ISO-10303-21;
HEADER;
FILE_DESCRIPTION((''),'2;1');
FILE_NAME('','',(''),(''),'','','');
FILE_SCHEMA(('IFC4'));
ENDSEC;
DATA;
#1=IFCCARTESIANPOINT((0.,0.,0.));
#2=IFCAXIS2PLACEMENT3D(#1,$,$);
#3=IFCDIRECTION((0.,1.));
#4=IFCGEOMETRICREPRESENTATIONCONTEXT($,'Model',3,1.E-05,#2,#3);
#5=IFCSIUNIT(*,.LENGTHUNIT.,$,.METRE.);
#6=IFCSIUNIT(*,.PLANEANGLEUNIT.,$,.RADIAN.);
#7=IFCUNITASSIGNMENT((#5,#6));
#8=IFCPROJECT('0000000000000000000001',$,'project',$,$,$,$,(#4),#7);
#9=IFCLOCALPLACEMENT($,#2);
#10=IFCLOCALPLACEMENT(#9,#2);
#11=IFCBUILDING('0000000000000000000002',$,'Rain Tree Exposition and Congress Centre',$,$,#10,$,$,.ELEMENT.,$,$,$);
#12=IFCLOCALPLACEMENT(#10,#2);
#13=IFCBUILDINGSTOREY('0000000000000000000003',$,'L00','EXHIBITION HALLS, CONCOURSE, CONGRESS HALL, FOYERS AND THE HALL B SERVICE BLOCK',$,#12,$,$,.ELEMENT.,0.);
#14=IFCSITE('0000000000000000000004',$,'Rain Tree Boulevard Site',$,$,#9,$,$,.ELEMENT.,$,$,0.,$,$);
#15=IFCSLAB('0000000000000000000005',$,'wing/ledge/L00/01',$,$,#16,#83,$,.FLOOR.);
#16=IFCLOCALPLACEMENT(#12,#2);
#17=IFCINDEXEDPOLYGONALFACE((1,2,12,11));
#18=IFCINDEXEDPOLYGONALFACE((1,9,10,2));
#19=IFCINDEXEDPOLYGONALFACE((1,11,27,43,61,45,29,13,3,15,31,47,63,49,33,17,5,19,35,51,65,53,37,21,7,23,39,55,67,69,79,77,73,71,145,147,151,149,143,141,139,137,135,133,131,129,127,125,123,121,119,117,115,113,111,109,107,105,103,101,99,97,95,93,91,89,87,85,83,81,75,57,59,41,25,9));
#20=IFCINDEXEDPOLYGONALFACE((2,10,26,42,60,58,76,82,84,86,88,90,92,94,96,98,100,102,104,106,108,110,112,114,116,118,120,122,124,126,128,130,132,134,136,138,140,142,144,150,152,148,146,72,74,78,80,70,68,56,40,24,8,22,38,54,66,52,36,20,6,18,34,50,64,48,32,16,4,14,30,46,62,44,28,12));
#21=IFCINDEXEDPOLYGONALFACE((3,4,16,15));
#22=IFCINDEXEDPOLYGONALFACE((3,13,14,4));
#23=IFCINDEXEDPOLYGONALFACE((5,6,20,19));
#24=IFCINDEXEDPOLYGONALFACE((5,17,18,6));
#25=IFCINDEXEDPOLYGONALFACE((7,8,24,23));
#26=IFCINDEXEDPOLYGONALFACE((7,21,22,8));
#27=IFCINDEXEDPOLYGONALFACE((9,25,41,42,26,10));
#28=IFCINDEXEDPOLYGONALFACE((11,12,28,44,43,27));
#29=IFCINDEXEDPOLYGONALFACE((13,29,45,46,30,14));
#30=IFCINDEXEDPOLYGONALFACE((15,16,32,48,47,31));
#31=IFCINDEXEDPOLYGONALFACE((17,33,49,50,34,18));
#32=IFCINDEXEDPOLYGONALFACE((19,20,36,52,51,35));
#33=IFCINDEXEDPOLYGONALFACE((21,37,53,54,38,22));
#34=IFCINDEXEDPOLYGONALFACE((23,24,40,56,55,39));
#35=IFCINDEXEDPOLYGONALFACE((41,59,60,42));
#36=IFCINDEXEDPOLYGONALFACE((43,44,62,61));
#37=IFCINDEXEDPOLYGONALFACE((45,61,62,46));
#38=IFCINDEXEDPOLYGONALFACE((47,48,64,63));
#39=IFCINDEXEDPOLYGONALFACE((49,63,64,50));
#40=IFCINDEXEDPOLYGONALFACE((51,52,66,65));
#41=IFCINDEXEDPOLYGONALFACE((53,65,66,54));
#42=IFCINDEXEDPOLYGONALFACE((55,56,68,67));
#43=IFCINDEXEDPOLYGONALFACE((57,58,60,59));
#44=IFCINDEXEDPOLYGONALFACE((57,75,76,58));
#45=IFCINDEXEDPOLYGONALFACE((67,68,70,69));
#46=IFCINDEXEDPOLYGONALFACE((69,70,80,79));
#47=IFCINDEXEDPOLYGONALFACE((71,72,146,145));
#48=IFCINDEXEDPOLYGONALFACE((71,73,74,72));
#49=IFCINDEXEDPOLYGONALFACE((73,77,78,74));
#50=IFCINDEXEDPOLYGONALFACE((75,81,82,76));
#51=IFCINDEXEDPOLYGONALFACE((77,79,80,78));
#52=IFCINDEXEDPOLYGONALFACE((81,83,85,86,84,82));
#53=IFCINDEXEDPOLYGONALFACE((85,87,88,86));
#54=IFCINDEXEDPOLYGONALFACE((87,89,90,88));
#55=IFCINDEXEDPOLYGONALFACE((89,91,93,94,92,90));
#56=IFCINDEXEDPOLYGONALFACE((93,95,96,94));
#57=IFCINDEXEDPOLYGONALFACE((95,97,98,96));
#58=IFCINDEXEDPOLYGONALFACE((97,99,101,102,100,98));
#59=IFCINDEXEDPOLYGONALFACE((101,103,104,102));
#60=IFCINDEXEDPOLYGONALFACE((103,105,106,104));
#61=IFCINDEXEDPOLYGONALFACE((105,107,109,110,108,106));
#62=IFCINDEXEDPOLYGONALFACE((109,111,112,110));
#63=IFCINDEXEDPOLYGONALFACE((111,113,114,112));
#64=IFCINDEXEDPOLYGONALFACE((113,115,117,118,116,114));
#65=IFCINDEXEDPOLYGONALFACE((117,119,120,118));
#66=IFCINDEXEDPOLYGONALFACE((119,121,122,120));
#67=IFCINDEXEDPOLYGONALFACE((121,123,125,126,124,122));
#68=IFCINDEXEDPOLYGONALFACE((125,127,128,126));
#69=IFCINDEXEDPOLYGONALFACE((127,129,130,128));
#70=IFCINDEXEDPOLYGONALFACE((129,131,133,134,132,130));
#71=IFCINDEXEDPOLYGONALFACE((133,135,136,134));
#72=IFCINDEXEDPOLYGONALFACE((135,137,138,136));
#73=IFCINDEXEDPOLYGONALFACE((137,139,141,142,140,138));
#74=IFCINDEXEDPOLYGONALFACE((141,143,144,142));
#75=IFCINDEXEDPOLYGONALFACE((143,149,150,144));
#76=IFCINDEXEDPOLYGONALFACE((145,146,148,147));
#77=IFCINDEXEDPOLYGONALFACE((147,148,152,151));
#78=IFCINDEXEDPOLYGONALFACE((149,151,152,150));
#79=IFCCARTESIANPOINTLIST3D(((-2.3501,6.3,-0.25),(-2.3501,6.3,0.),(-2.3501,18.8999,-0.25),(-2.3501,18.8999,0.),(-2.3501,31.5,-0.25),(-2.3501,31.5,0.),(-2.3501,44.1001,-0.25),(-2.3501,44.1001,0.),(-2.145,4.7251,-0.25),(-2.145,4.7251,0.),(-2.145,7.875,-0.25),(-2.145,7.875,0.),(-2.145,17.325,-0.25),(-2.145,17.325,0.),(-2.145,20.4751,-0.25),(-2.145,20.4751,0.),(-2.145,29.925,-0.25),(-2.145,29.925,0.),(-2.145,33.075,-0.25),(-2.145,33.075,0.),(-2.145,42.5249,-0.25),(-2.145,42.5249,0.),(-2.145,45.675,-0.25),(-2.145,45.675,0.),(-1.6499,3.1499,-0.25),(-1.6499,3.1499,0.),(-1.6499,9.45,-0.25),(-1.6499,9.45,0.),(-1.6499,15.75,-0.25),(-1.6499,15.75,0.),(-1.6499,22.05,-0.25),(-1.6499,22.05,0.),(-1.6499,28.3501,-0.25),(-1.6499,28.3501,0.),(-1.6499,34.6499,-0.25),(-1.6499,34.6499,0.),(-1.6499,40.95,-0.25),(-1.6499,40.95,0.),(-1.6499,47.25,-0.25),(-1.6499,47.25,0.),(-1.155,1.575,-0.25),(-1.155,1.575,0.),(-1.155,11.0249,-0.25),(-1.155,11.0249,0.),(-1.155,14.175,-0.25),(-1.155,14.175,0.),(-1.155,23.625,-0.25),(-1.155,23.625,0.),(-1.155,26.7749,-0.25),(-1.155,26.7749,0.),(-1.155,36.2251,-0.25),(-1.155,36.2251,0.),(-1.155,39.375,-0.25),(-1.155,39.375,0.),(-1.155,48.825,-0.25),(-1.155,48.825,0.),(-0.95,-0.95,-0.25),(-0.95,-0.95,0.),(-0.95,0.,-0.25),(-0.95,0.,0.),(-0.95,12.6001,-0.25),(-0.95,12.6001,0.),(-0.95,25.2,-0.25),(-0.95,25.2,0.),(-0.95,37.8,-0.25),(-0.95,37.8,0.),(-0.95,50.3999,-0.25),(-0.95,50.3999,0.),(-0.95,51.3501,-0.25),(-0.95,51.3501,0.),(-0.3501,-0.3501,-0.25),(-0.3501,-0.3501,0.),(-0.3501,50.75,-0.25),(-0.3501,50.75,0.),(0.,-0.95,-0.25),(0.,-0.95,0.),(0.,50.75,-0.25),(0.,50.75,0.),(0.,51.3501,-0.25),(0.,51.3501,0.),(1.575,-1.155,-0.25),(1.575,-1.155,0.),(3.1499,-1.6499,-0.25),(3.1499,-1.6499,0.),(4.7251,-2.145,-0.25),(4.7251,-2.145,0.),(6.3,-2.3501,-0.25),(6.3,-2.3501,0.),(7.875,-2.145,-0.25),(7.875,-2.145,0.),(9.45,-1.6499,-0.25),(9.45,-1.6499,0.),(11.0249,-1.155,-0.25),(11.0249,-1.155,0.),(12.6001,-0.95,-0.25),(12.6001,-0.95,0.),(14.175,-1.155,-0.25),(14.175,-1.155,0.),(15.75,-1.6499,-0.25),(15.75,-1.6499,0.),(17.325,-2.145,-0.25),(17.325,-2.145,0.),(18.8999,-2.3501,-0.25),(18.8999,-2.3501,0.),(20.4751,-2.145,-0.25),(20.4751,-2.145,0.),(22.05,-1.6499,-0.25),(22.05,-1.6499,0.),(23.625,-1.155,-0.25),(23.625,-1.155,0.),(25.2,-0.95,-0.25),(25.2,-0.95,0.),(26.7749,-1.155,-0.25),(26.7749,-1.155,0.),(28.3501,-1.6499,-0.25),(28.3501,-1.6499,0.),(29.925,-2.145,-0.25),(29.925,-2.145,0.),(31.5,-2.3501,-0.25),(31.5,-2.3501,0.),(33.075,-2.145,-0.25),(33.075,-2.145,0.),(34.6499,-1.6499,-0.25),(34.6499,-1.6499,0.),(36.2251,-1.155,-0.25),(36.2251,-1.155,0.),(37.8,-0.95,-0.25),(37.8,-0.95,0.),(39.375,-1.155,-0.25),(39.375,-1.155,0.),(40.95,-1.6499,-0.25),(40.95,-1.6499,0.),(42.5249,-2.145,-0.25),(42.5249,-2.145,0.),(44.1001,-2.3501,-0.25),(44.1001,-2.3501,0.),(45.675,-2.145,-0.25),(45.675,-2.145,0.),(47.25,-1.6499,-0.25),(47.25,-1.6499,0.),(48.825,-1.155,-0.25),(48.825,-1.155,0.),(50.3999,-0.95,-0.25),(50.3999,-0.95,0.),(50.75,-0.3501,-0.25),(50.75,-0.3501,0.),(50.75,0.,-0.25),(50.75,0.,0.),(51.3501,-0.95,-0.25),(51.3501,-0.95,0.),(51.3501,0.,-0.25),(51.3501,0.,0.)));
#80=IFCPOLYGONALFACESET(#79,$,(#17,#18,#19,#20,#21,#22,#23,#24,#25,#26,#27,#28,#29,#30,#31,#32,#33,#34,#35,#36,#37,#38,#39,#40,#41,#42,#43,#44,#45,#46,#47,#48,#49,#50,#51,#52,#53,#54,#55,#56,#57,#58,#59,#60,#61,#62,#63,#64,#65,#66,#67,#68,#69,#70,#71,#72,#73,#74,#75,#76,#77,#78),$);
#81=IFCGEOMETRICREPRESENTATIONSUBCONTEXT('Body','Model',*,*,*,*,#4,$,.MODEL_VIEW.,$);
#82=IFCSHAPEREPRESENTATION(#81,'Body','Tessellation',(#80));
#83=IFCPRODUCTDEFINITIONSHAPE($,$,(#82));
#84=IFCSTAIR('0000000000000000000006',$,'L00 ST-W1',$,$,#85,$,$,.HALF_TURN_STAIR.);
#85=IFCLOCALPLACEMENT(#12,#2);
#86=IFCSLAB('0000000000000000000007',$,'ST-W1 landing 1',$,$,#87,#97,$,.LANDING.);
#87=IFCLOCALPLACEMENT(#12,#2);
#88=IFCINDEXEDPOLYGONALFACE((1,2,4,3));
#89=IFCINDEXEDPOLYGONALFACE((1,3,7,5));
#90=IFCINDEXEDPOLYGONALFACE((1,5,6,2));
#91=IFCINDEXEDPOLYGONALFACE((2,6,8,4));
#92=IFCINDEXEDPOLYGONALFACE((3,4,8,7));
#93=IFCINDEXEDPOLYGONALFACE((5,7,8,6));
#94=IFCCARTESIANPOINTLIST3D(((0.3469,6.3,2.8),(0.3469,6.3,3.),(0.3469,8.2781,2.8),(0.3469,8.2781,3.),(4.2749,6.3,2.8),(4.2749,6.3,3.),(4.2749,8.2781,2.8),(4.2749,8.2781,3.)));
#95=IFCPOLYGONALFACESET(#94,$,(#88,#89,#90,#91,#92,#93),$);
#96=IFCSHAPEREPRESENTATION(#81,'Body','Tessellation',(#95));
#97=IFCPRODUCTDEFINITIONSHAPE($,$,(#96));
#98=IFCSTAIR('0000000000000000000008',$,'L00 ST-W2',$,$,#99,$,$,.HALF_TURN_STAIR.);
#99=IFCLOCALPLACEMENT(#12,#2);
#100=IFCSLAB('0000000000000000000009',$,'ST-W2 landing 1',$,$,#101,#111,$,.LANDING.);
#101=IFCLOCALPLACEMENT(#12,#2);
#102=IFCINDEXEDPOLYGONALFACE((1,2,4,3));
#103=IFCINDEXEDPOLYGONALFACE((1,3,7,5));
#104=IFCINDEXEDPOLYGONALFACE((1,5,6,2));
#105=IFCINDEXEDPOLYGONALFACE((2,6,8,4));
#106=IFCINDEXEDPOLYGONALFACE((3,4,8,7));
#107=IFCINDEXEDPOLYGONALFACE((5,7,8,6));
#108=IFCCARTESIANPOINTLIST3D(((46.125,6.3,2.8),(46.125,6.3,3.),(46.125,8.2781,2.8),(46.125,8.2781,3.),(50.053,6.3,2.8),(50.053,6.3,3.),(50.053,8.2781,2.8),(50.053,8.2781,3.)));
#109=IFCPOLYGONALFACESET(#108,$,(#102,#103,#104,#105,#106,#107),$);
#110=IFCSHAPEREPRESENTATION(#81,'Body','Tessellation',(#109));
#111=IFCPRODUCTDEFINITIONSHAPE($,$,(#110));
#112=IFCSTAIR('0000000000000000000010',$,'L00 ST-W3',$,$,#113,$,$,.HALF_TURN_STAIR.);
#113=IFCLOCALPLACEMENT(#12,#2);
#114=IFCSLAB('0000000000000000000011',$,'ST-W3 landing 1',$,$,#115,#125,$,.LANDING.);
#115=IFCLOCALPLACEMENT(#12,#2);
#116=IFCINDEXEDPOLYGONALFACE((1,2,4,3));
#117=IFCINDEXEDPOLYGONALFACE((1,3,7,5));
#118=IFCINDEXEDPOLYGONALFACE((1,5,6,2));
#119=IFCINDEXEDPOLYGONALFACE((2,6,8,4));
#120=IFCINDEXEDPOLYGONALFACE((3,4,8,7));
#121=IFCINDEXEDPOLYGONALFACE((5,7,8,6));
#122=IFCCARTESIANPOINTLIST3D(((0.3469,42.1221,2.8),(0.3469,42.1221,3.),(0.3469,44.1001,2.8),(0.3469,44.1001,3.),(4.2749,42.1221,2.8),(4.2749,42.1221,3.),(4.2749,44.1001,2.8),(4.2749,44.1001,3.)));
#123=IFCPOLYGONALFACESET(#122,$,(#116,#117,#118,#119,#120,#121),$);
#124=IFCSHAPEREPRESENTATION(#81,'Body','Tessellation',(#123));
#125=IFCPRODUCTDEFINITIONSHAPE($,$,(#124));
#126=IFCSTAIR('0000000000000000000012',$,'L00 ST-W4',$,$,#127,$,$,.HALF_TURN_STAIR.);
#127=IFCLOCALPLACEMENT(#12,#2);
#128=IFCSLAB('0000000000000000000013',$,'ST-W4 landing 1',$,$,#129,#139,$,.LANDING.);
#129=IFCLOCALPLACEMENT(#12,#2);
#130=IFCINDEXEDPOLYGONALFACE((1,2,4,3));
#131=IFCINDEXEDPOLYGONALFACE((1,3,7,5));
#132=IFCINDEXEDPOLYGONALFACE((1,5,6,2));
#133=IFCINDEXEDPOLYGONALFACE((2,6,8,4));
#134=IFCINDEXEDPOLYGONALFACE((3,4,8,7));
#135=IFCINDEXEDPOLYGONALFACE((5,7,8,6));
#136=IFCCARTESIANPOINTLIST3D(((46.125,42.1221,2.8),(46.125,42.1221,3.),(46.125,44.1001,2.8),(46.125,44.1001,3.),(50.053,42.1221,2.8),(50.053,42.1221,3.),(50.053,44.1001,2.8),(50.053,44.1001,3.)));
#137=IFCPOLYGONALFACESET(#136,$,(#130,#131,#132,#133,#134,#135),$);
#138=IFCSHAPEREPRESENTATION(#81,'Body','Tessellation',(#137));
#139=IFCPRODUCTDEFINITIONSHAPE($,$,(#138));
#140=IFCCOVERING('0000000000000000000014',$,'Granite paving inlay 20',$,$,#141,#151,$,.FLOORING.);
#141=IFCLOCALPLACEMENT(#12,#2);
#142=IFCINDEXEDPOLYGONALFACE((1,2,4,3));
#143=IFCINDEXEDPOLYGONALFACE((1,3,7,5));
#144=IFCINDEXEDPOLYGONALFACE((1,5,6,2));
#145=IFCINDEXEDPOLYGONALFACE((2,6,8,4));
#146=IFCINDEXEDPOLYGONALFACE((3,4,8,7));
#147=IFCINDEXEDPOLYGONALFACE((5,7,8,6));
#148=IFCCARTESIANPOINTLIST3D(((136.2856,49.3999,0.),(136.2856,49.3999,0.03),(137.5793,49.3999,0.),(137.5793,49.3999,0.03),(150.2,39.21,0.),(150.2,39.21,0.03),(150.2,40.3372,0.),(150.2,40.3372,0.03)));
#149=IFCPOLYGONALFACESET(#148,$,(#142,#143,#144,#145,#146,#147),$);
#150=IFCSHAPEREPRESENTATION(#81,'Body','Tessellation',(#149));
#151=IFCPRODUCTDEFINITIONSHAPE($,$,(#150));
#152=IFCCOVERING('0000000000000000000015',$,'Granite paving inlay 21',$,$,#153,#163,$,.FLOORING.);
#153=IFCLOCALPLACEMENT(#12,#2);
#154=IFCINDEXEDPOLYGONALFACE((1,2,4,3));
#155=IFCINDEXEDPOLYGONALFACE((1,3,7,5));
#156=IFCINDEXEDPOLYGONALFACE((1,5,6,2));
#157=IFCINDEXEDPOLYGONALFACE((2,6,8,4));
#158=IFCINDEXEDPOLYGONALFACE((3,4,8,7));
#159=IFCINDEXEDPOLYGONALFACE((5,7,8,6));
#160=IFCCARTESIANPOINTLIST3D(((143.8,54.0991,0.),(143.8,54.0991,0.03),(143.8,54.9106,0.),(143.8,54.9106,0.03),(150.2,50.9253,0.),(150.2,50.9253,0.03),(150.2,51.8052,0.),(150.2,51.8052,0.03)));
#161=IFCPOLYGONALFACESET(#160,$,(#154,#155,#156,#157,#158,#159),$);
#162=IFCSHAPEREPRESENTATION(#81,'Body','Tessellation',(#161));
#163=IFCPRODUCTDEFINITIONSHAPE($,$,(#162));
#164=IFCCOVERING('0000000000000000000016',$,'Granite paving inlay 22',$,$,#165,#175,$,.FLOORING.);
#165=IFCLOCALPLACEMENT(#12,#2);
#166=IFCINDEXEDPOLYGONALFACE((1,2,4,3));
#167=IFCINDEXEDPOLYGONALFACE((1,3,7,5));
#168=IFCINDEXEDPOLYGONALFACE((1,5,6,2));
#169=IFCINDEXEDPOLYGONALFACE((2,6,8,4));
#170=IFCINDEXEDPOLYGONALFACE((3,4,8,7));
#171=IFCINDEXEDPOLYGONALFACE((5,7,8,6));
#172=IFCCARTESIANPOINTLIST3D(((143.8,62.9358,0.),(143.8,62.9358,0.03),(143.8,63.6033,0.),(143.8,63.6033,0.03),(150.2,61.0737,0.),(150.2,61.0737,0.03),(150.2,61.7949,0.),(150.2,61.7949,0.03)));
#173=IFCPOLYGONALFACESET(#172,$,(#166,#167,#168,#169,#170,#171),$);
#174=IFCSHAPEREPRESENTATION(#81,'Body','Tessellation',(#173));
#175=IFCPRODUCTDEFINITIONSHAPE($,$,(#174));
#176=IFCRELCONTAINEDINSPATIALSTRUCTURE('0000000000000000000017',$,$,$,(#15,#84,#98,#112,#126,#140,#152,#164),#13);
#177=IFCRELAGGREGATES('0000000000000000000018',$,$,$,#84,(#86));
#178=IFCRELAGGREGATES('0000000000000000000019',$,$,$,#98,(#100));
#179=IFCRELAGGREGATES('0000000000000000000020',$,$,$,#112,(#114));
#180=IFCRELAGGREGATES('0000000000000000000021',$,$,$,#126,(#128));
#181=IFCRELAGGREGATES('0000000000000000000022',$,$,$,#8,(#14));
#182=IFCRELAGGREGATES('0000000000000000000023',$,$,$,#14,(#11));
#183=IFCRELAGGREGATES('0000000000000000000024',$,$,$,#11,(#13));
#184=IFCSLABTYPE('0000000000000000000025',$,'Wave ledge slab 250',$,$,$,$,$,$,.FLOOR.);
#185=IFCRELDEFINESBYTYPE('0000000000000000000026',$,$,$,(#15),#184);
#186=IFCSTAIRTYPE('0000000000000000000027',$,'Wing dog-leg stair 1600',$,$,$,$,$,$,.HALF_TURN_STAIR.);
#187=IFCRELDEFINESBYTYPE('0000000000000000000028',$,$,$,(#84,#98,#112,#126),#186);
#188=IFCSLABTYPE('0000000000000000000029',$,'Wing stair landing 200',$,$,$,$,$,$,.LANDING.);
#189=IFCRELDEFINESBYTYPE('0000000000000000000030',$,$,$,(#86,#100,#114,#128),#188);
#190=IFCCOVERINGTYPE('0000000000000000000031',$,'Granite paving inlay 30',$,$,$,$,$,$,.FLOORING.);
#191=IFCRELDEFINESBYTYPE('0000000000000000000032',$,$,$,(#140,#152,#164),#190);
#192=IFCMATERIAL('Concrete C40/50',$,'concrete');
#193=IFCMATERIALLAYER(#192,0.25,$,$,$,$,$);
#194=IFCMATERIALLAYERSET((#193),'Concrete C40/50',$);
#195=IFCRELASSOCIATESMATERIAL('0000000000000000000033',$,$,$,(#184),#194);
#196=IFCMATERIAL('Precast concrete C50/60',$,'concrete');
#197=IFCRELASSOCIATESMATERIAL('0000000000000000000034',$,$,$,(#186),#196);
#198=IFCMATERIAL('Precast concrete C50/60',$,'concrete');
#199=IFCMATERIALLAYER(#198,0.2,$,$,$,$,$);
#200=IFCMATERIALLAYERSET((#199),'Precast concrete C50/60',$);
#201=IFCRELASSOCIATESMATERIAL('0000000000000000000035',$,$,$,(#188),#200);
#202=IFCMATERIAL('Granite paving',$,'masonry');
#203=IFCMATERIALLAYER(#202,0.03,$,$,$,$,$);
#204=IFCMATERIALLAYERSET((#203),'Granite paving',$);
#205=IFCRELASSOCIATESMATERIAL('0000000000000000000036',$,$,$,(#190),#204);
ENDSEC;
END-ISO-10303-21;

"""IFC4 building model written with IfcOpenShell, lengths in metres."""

from ifc_helpers import new_model, si_unit, direction, frame, origin, place, context, subcontext, project, spatial, polyline, outline, extrude, material, layer, layer_set, type_object, element, aggregate, save


model = new_model("IFC4")

# Units and contexts
model_context = context("Model", 3, precision=1e-05, world=origin(), true_north=direction((0.0, 1.0)))
body_context = subcontext(model_context, "Body", "Model", "MODEL_VIEW")
ifc_project = project(units=[si_unit("LENGTHUNIT", "METRE"), si_unit("PLANEANGLEUNIT", "RADIAN")], contexts=[model_context])

# Site, building, storey
site_placement = place(None, origin())
site = spatial("IfcSite", under=ifc_project, at=site_placement, Name="Rain Tree Boulevard Site", CompositionType="ELEMENT", RefElevation=0.0)
building_placement = place(site_placement, origin())
building = spatial("IfcBuilding", under=site, at=building_placement, Name="Rain Tree Exposition and Congress Centre", CompositionType="ELEMENT")
storey_placement = place(building_placement, origin())
storey = spatial("IfcBuildingStorey", under=building, at=storey_placement, Name="L00", Description="EXHIBITION HALLS, CONCOURSE, CONGRESS HALL, FOYERS AND THE HALL B SERVICE BLOCK", CompositionType="ELEMENT", Elevation=0.0)

# Slab
ifc_material_1 = material(Name="Concrete C40/50", Category="concrete")
ifc_layer_1 = layer(ifc_material_1, 0.25)
ifc_layer_set_1 = layer_set([ifc_layer_1], Name="Concrete C40/50")
slab_type_1 = type_object("IfcSlabType", Name="Wave ledge slab 250", PredefinedType="FLOOR", material=ifc_layer_set_1)
slab_1_placement = place(storey_placement, frame((0.0, 0.0, -0.25)))
element("IfcSlab", 1, at=slab_1_placement, inside=storey, type_object=slab_type_1, Name="wing/ledge/L00/01", PredefinedType="FLOOR", context=body_context, shape_type="SweptSolid", body=[
    extrude(outline(polyline([(-1.155, 1.575), (-0.95, 0.0), (-0.95, -0.95), (0.0, -0.95), (1.575, -1.155), (3.1499, -1.6499), (4.7251, -2.145), (6.3, -2.3501), (7.875, -2.145), (9.45, -1.6499), (11.0249, -1.155), (12.6001, -0.95), (14.175, -1.155), (15.75, -1.6499), (17.325, -2.145), (18.8999, -2.3501), (20.4751, -2.145), (22.05, -1.6499), (23.625, -1.155), (25.2, -0.95), (26.7749, -1.155), (28.3501, -1.6499), (29.925, -2.145), (31.5, -2.3501), (33.075, -2.145), (34.6499, -1.6499), (36.2251, -1.155), (37.8, -0.95), (39.375, -1.155), (40.95, -1.6499), (42.5249, -2.145), (44.1001, -2.3501), (45.675, -2.145), (47.25, -1.6499), (48.825, -1.155), (50.3999, -0.95), (51.3501, -0.95), (51.3501, 0.0), (50.75, 0.0), (50.75, -0.3501), (-0.3501, -0.3501), (-0.3501, 50.75), (0.0, 50.75), (0.0, 51.3501), (-0.95, 51.3501), (-0.95, 50.3999), (-1.155, 48.825), (-1.6499, 47.25), (-2.145, 45.675), (-2.3501, 44.1001), (-2.145, 42.5249), (-1.6499, 40.95), (-1.155, 39.375), (-0.95, 37.8), (-1.155, 36.2251), (-1.6499, 34.6499), (-2.145, 33.075), (-2.3501, 31.5), (-2.145, 29.925), (-1.6499, 28.3501), (-1.155, 26.7749), (-0.95, 25.2), (-1.155, 23.625), (-1.6499, 22.05), (-2.145, 20.4751), (-2.3501, 18.8999), (-2.145, 17.325), (-1.6499, 15.75), (-1.155, 14.175), (-0.95, 12.6001), (-1.155, 11.0249), (-1.6499, 9.45), (-2.145, 7.875), (-2.3501, 6.3), (-2.145, 4.7251), (-1.6499, 3.1499), (-1.155, 1.575)])), origin(), (0.0, 0.0, 1.0), 0.25),
])

# Stairs, slabs
ifc_material_2 = material(Name="Precast concrete C50/60", Category="concrete")
stair_type_1 = type_object("IfcStairType", Name="Wing dog-leg stair 1600", PredefinedType="HALF_TURN_STAIR", material=ifc_material_2)
stair_1_placement = place(storey_placement, origin())
stair_1 = element("IfcStair", 2, at=stair_1_placement, inside=storey, type_object=stair_type_1, Name="L00 ST-W1", PredefinedType="HALF_TURN_STAIR")
ifc_material_3 = material(Name="Precast concrete C50/60", Category="concrete")
ifc_layer_2 = layer(ifc_material_3, 0.2)
ifc_layer_set_2 = layer_set([ifc_layer_2], Name="Precast concrete C50/60")
slab_type_2 = type_object("IfcSlabType", Name="Wing stair landing 200", PredefinedType="LANDING", material=ifc_layer_set_2)
slab_2_placement = place(storey_placement, frame((0.0, 0.0, 2.8)))
slab_2 = element("IfcSlab", 3, at=slab_2_placement, type_object=slab_type_2, Name="ST-W1 landing 1", PredefinedType="LANDING", context=body_context, shape_type="SweptSolid", body=[
    extrude(outline(polyline([(4.2749, 6.3), (4.2749, 8.2781), (0.3469, 8.2781), (0.3469, 6.3), (4.2749, 6.3)])), origin(), (0.0, 0.0, 1.0), 0.2),
])
aggregate(stair_1, [slab_2])
stair_2_placement = place(storey_placement, origin())
stair_2 = element("IfcStair", 4, at=stair_2_placement, inside=storey, type_object=stair_type_1, Name="L00 ST-W2", PredefinedType="HALF_TURN_STAIR")
slab_3_placement = place(storey_placement, frame((0.0, 0.0, 2.8)))
slab_3 = element("IfcSlab", 5, at=slab_3_placement, type_object=slab_type_2, Name="ST-W2 landing 1", PredefinedType="LANDING", context=body_context, shape_type="SweptSolid", body=[
    extrude(outline(polyline([(46.125, 6.3), (46.125, 8.2781), (50.053, 8.2781), (50.053, 6.3), (46.125, 6.3)])), origin(), (0.0, 0.0, 1.0), 0.2),
])
aggregate(stair_2, [slab_3])
stair_3_placement = place(storey_placement, origin())
stair_3 = element("IfcStair", 6, at=stair_3_placement, inside=storey, type_object=stair_type_1, Name="L00 ST-W3", PredefinedType="HALF_TURN_STAIR")
slab_4_placement = place(storey_placement, frame((0.0, 0.0, 2.8)))
slab_4 = element("IfcSlab", 7, at=slab_4_placement, type_object=slab_type_2, Name="ST-W3 landing 1", PredefinedType="LANDING", context=body_context, shape_type="SweptSolid", body=[
    extrude(outline(polyline([(4.2749, 44.1001), (4.2749, 42.1221), (0.3469, 42.1221), (0.3469, 44.1001), (4.2749, 44.1001)])), origin(), (0.0, 0.0, 1.0), 0.2),
])
aggregate(stair_3, [slab_4])
stair_4_placement = place(storey_placement, origin())
stair_4 = element("IfcStair", 8, at=stair_4_placement, inside=storey, type_object=stair_type_1, Name="L00 ST-W4", PredefinedType="HALF_TURN_STAIR")
slab_5_placement = place(storey_placement, frame((0.0, 0.0, 2.8)))
slab_5 = element("IfcSlab", 9, at=slab_5_placement, type_object=slab_type_2, Name="ST-W4 landing 1", PredefinedType="LANDING", context=body_context, shape_type="SweptSolid", body=[
    extrude(outline(polyline([(46.125, 44.1001), (46.125, 42.1221), (50.053, 42.1221), (50.053, 44.1001), (46.125, 44.1001)])), origin(), (0.0, 0.0, 1.0), 0.2),
])
aggregate(stair_4, [slab_5])

# Coverings
ifc_material_4 = material(Name="Granite paving", Category="masonry")
ifc_layer_3 = layer(ifc_material_4, 0.03)
ifc_layer_set_3 = layer_set([ifc_layer_3], Name="Granite paving")
covering_type = type_object("IfcCoveringType", Name="Granite paving inlay 30", PredefinedType="FLOORING", material=ifc_layer_set_3)
covering_1_placement = place(storey_placement, origin())
element("IfcCovering", 10, at=covering_1_placement, inside=storey, type_object=covering_type, Name="Granite paving inlay 20", PredefinedType="FLOORING", context=body_context, shape_type="SweptSolid", body=[
    extrude(outline(polyline([(137.5793, 49.3999), (136.2856, 49.3999), (150.2, 39.21), (150.2, 40.3372), (137.5793, 49.3999)])), origin(), (0.0, 0.0, 1.0), 0.03),
])
covering_2_placement = place(storey_placement, origin())
element("IfcCovering", 11, at=covering_2_placement, inside=storey, type_object=covering_type, Name="Granite paving inlay 21", PredefinedType="FLOORING", context=body_context, shape_type="SweptSolid", body=[
    extrude(outline(polyline([(143.8, 54.9106), (143.8, 54.0991), (150.2, 50.9253), (150.2, 51.8052), (143.8, 54.9106)])), origin(), (0.0, 0.0, 1.0), 0.03),
])
covering_3_placement = place(storey_placement, origin())
element("IfcCovering", 12, at=covering_3_placement, inside=storey, type_object=covering_type, Name="Granite paving inlay 22", PredefinedType="FLOORING", context=body_context, shape_type="SweptSolid", body=[
    extrude(outline(polyline([(143.8, 63.6033), (143.8, 62.9358), (150.2, 61.0737), (150.2, 61.7949), (143.8, 63.6033)])), origin(), (0.0, 0.0, 1.0), 0.03),
])

save(model, "model.ifc")
